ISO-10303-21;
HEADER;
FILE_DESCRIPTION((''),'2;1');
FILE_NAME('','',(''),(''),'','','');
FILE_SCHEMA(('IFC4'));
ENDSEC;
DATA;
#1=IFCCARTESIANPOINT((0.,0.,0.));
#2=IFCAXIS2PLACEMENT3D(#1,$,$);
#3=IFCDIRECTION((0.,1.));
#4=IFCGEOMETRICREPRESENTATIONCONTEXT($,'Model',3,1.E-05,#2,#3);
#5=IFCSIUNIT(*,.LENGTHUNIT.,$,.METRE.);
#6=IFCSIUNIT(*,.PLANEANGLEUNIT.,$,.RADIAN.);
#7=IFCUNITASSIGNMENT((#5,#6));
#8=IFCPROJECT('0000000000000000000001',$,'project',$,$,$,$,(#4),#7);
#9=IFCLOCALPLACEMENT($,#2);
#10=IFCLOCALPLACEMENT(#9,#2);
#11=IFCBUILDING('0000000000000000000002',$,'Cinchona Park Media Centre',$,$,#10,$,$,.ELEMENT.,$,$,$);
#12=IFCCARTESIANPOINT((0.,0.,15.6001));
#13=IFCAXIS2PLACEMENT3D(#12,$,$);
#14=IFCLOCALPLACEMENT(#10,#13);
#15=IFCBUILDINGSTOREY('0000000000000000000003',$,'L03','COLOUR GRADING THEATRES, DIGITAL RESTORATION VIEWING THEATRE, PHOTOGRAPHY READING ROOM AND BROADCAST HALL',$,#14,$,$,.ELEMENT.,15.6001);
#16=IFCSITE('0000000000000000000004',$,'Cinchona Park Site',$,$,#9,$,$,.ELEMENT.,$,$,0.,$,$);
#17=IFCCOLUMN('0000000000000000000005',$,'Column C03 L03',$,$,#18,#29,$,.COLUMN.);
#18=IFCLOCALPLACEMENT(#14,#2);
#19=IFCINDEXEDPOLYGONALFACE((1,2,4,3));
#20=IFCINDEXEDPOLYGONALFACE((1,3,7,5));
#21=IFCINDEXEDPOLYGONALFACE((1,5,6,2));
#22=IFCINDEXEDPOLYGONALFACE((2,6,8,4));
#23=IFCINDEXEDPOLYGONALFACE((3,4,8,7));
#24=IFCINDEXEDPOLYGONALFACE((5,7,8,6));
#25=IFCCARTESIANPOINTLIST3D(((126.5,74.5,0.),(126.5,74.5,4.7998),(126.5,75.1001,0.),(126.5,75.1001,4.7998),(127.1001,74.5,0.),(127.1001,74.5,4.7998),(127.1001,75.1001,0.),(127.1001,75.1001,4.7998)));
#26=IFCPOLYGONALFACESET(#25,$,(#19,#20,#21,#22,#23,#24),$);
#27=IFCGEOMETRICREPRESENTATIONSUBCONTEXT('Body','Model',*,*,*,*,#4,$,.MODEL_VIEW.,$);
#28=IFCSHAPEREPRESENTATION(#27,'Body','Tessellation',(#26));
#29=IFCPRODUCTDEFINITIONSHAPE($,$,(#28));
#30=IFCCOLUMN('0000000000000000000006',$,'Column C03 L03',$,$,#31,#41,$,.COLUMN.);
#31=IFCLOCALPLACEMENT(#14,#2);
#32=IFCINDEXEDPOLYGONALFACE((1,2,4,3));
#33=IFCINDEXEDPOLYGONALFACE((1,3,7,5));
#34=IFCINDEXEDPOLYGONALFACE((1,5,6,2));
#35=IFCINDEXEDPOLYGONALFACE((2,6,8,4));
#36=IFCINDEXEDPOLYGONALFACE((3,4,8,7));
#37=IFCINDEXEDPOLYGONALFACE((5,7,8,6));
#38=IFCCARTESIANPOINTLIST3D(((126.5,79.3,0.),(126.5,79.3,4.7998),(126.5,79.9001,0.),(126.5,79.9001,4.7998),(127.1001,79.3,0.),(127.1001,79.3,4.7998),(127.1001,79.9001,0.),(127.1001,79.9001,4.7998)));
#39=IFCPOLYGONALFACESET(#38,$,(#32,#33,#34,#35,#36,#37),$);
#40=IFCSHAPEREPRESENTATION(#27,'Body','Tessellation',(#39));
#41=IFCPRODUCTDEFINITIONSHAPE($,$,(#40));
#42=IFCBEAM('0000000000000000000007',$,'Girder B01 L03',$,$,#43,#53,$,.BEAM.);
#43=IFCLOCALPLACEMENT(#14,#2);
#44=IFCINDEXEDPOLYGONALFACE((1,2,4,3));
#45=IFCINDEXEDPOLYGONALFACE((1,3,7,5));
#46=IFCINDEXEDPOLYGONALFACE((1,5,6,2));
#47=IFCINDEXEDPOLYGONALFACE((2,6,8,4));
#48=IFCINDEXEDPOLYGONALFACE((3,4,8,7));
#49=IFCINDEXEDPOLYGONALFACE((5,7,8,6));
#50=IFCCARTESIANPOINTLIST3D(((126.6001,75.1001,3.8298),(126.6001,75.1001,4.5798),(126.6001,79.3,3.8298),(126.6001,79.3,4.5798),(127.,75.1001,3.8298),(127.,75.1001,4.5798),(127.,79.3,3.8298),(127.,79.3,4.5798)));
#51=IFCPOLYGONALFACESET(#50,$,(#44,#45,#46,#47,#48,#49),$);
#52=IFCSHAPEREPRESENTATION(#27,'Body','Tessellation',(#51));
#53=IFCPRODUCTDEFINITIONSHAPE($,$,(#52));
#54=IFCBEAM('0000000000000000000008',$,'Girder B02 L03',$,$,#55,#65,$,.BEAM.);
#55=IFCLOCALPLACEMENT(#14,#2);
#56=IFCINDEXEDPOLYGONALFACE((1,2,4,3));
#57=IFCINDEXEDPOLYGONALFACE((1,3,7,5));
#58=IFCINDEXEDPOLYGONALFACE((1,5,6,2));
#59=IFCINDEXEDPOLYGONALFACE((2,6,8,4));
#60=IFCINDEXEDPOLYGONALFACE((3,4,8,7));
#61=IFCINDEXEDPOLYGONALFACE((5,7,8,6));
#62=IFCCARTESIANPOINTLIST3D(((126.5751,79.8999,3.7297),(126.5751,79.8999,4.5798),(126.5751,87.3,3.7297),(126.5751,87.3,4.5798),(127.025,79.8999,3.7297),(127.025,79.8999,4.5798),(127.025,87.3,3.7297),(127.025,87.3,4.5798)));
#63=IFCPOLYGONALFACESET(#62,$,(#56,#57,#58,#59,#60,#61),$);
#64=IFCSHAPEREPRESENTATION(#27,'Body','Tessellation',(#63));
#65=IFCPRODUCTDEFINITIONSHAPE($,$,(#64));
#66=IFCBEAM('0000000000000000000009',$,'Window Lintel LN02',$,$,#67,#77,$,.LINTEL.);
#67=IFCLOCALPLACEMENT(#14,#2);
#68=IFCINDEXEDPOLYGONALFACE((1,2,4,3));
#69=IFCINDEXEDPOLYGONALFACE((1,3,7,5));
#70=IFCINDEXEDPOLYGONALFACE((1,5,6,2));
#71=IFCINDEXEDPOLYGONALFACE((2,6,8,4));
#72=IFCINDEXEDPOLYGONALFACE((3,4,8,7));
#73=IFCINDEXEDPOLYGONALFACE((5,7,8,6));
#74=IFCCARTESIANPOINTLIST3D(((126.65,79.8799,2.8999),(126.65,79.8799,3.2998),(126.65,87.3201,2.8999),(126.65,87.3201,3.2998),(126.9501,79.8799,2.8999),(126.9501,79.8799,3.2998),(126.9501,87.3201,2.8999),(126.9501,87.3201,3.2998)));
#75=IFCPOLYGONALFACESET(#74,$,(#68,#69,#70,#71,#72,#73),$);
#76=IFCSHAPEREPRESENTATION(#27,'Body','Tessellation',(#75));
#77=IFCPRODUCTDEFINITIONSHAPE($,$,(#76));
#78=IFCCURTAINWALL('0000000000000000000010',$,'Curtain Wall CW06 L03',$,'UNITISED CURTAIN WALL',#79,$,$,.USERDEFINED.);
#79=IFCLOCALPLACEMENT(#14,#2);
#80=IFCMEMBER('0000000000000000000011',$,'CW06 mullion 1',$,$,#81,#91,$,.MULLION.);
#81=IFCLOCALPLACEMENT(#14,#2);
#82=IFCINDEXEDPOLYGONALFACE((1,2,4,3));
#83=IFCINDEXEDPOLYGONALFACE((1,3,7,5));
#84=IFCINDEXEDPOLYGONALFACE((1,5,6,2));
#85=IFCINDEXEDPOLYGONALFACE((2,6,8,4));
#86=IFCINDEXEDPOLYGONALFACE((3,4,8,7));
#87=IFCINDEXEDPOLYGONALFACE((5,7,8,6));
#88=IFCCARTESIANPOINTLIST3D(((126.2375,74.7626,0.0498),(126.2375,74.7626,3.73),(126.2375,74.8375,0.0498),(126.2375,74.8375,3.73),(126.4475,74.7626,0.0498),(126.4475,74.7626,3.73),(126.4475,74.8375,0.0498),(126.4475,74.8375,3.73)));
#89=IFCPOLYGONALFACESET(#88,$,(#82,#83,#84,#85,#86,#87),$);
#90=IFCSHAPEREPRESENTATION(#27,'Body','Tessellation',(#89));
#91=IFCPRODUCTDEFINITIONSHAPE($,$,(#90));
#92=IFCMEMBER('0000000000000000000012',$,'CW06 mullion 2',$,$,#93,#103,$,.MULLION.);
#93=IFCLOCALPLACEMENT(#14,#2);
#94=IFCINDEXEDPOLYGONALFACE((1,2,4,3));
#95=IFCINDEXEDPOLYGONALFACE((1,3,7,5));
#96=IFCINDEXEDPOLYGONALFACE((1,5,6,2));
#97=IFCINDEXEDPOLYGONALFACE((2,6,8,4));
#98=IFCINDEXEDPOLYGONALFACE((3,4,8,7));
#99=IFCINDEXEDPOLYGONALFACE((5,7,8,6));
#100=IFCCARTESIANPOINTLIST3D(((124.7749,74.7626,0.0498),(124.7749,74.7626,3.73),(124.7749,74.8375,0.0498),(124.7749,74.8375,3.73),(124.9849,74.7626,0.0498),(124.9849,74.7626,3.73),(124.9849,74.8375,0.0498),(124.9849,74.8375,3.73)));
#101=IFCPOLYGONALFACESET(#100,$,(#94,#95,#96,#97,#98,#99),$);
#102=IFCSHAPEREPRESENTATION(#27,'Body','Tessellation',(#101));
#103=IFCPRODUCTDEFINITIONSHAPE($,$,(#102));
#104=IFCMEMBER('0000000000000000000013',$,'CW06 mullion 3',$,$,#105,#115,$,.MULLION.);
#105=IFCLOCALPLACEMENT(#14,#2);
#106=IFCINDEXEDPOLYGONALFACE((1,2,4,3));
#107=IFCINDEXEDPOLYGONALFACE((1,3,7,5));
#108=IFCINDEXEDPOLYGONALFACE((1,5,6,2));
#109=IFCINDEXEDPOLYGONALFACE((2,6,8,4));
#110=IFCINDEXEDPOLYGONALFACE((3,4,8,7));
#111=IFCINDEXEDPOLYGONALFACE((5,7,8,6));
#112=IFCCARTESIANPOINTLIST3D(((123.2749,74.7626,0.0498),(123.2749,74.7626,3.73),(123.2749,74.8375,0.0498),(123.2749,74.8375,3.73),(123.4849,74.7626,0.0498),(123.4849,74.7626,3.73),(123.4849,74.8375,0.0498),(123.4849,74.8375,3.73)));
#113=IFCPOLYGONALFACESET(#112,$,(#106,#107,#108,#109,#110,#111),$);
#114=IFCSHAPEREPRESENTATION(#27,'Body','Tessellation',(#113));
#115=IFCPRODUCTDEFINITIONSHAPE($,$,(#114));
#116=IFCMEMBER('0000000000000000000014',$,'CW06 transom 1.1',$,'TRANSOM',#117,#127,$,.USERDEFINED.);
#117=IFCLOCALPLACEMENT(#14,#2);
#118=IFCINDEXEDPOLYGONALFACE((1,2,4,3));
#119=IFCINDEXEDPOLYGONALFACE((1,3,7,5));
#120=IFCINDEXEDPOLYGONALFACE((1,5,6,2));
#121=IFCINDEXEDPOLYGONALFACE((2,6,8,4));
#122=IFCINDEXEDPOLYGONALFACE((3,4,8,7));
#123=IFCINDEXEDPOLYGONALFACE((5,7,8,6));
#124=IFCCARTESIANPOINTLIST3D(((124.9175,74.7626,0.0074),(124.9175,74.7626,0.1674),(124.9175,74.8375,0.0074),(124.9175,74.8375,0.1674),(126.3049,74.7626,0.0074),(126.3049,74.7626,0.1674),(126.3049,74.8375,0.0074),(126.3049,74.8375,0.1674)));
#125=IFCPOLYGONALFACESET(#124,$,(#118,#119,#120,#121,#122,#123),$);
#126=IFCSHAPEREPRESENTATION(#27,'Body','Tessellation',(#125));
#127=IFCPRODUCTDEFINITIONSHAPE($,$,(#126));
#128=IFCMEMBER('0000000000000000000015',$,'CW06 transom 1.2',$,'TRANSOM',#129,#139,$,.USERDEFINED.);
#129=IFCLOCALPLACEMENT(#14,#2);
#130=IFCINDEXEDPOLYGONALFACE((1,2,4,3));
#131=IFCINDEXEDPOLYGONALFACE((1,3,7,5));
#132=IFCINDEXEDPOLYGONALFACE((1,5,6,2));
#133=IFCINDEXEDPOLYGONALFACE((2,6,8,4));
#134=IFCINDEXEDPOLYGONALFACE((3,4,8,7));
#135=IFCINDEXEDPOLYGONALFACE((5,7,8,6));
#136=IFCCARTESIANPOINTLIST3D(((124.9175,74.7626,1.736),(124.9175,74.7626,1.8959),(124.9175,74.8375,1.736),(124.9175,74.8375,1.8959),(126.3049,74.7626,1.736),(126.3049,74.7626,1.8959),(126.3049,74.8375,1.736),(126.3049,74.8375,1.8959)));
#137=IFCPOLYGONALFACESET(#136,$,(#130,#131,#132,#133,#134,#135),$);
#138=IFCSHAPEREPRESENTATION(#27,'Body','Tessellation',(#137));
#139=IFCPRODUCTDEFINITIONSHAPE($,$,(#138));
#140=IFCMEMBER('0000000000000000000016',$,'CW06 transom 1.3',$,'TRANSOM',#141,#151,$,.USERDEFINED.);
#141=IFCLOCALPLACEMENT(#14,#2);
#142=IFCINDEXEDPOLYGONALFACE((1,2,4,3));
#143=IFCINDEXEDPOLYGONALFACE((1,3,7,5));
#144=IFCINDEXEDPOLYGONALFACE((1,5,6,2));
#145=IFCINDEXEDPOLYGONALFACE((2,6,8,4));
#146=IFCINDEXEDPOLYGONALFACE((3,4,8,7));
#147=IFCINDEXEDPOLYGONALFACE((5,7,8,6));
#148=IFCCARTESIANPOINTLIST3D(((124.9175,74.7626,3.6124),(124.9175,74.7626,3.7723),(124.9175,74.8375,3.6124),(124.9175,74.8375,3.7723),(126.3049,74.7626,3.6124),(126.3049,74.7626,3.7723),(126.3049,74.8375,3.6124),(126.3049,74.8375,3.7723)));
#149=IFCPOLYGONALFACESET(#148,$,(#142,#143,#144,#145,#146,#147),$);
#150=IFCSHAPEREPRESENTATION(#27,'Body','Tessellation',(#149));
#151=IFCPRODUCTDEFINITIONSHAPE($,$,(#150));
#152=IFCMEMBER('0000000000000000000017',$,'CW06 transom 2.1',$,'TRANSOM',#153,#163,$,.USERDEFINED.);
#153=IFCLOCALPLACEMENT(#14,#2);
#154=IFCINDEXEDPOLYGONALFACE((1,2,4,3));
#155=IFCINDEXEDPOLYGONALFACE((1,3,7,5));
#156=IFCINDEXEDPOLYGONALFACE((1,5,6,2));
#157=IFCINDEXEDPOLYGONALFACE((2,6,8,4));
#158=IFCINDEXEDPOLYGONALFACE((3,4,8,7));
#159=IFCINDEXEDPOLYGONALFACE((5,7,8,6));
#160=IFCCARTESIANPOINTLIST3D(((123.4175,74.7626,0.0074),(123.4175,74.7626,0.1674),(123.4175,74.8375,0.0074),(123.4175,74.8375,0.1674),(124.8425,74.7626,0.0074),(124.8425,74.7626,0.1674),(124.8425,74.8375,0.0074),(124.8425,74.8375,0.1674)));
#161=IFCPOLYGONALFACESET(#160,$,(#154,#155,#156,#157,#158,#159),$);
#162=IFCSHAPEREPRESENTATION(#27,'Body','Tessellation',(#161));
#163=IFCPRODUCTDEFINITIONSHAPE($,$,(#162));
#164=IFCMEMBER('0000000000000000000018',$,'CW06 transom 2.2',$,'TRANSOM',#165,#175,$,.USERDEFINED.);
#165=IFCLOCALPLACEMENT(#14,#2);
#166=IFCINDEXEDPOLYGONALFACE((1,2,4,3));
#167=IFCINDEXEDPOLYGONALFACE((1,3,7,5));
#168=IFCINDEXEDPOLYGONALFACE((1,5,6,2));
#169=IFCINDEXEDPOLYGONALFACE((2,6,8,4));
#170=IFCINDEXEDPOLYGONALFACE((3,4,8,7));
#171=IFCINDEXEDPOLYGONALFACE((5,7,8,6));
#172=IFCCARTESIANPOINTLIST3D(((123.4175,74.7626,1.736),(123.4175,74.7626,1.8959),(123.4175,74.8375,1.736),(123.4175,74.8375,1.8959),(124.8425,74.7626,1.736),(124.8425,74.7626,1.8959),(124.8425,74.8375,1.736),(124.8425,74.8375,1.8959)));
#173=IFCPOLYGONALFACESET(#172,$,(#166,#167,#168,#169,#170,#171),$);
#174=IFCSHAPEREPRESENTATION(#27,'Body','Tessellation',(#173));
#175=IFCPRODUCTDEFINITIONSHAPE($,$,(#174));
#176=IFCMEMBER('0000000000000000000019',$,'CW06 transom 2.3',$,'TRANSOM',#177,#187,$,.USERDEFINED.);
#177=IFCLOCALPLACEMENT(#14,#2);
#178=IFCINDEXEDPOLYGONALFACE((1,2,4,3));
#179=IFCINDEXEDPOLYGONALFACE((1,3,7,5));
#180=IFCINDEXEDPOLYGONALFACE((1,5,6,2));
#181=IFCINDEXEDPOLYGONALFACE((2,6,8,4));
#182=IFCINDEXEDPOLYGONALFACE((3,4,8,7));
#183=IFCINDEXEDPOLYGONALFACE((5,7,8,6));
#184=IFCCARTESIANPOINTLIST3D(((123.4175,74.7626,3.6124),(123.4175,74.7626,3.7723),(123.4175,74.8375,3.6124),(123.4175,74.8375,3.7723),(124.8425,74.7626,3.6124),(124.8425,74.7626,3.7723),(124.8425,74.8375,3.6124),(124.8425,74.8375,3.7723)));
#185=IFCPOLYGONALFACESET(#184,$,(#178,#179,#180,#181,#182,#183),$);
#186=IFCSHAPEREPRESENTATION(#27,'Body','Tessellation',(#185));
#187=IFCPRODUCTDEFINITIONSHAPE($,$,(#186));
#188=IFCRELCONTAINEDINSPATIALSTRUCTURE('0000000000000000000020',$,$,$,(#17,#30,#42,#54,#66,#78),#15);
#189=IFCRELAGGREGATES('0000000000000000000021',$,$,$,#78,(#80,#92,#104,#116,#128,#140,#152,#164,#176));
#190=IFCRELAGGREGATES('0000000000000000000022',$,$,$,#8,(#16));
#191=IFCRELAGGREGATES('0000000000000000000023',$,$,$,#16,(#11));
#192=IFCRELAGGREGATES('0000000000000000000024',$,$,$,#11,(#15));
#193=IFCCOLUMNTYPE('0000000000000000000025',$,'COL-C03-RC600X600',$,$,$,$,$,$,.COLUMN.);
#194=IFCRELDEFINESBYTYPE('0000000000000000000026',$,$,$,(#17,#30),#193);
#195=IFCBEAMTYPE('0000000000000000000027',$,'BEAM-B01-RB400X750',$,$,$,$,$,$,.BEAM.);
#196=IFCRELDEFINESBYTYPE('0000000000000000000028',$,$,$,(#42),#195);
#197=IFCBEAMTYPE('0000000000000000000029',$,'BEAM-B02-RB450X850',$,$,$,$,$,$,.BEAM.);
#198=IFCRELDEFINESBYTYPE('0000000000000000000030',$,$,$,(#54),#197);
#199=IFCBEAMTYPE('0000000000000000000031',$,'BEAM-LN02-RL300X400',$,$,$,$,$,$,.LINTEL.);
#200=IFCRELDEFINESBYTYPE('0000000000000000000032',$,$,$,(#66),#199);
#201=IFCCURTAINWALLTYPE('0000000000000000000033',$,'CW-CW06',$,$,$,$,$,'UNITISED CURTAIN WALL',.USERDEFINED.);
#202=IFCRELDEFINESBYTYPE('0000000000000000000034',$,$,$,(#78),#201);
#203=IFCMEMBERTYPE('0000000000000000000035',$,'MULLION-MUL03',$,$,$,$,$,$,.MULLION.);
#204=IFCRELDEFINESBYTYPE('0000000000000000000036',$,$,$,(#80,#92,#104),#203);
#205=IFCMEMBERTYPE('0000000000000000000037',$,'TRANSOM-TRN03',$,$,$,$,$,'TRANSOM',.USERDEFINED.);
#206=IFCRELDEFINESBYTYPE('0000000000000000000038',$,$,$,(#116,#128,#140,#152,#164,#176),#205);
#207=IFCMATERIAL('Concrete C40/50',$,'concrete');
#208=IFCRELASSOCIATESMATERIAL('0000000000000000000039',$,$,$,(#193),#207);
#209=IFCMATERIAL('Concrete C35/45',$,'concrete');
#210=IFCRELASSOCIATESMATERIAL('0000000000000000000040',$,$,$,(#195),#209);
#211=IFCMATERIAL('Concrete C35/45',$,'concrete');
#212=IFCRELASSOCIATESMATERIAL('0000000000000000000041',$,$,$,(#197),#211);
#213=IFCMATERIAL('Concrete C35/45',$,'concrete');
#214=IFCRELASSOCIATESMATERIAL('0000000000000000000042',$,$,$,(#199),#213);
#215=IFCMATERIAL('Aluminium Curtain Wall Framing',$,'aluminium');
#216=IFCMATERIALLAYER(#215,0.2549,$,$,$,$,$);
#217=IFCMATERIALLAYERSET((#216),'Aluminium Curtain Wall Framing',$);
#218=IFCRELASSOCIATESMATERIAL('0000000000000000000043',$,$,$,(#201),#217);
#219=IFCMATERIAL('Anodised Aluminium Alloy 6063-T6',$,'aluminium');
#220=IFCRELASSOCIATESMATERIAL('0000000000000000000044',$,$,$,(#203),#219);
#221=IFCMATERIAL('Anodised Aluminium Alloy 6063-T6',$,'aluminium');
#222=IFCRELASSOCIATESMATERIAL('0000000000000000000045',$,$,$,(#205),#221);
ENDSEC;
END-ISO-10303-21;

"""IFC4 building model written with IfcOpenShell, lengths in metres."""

from ifc_helpers import new_model, si_unit, direction, frame, origin, origin_2d, place, context, subcontext, project, spatial, rectangle, extrude, material, layer, layer_set, material_profile, profile_set, type_object, element, aggregate, save


model = new_model("IFC4")

# Units and contexts
model_context = context("Model", 3, precision=1e-05, world=origin(), true_north=direction((0.0, 1.0)))
body_context = subcontext(model_context, "Body", "Model", "MODEL_VIEW")
ifc_project = project(units=[si_unit("LENGTHUNIT", "METRE"), si_unit("PLANEANGLEUNIT", "RADIAN")], contexts=[model_context])

# Site, building, storey
site_placement = place(None, origin())
site = spatial("IfcSite", under=ifc_project, at=site_placement, Name="Cinchona Park Site", CompositionType="ELEMENT", RefElevation=0.0)
building_placement = place(site_placement, origin())
building = spatial("IfcBuilding", under=site, at=building_placement, Name="Cinchona Park Media Centre", CompositionType="ELEMENT")
storey_placement = place(building_placement, frame((0.0, 0.0, 15.6001)))
storey = spatial("IfcBuildingStorey", under=building, at=storey_placement, Name="L03", Description="COLOUR GRADING THEATRES, DIGITAL RESTORATION VIEWING THEATRE, PHOTOGRAPHY READING ROOM AND BROADCAST HALL", CompositionType="ELEMENT", Elevation=15.6001)

# Columns
ifc_material_1 = material(Name="Concrete C40/50", Category="concrete")
ifc_material_profile_1 = material_profile(ifc_material_1, rectangle(XDim=0.6001, YDim=0.6001, at=origin_2d()), Name="RC 600X600")
ifc_profile_set_1 = profile_set([ifc_material_profile_1], Name="Concrete C40/50")
column_type = type_object("IfcColumnType", Name="COL-C03-RC600X600", PredefinedType="COLUMN", material=ifc_profile_set_1)
for number, where, z_axis, x_axis, name in (
    (1, (126.8, 74.8, 0.0), (0.0, 0.0, 1.0), (1.0, 0.0, 0.0), "Column C03 L03"),
    (2, (126.8, 79.6001, 0.0), (0.0, 0.0, 1.0), (1.0, 0.0, 0.0), "Column C03 L03"),
):
    element("IfcColumn", number, at=place(storey_placement, frame(where, z_axis=z_axis, x_axis=x_axis)), inside=storey, type_object=column_type, Name=name, PredefinedType="COLUMN", context=body_context, shape_type="SweptSolid", body=[
        extrude(rectangle(XDim=0.6001, YDim=0.6001, at=origin_2d()), origin(), (0.0, 0.0, 1.0), 4.7998),
    ])

# Beams
ifc_material_2 = material(Name="Concrete C35/45", Category="concrete")
ifc_material_profile_2 = material_profile(ifc_material_2, rectangle(XDim=0.3999, YDim=0.75, at=origin_2d()), Name="RB 400X750")
ifc_profile_set_2 = profile_set([ifc_material_profile_2], Name="Concrete C35/45")
beam_type_1 = type_object("IfcBeamType", Name="BEAM-B01-RB400X750", PredefinedType="BEAM", material=ifc_profile_set_2)
beam_1_placement = place(storey_placement, frame((126.8, 75.1001, 4.2048), z_axis=(0.0, 1.0, 0.0), x_axis=(-1.0, 0.0, 0.0)))
element("IfcBeam", 3, at=beam_1_placement, inside=storey, type_object=beam_type_1, Name="Girder B01 L03", PredefinedType="BEAM", context=body_context, shape_type="SweptSolid", body=[
    extrude(rectangle(XDim=0.3999, YDim=0.75, at=origin_2d()), origin(), (0.0, 0.0, 1.0), 4.2),
])
ifc_material_3 = material(Name="Concrete C35/45", Category="concrete")
ifc_material_profile_3 = material_profile(ifc_material_3, rectangle(XDim=0.45, YDim=0.8501, at=origin_2d()), Name="RB 450X850")
ifc_profile_set_3 = profile_set([ifc_material_profile_3], Name="Concrete C35/45")
beam_type_2 = type_object("IfcBeamType", Name="BEAM-B02-RB450X850", PredefinedType="BEAM", material=ifc_profile_set_3)
beam_2_placement = place(storey_placement, frame((126.8, 79.8999, 4.1548), z_axis=(0.0, 1.0, 0.0), x_axis=(-1.0, 0.0, 0.0)))
element("IfcBeam", 4, at=beam_2_placement, inside=storey, type_object=beam_type_2, Name="Girder B02 L03", PredefinedType="BEAM", context=body_context, shape_type="SweptSolid", body=[
    extrude(rectangle(XDim=0.45, YDim=0.8501, at=origin_2d()), origin(), (0.0, 0.0, 1.0), 7.4001),
])
ifc_material_4 = material(Name="Concrete C35/45", Category="concrete")
ifc_material_profile_4 = material_profile(ifc_material_4, rectangle(XDim=0.3, YDim=0.3999, at=origin_2d()), Name="RL 300X400")
ifc_profile_set_4 = profile_set([ifc_material_profile_4], Name="Concrete C35/45")
beam_type_3 = type_object("IfcBeamType", Name="BEAM-LN02-RL300X400", PredefinedType="LINTEL", material=ifc_profile_set_4)
beam_3_placement = place(storey_placement, frame((126.8, 87.3201, 3.0999), z_axis=(0.0, -1.0, 0.0), x_axis=(1.0, 0.0, 0.0)))
element("IfcBeam", 5, at=beam_3_placement, inside=storey, type_object=beam_type_3, Name="Window Lintel LN02", PredefinedType="LINTEL", context=body_context, shape_type="SweptSolid", body=[
    extrude(rectangle(XDim=0.3, YDim=0.3999, at=origin_2d()), origin(), (0.0, 0.0, 1.0), 7.4402),
])

# Curtain wall, members
ifc_material_5 = material(Name="Aluminium Curtain Wall Framing", Category="aluminium")
ifc_layer_1 = layer(ifc_material_5, 0.2549)
ifc_layer_set_1 = layer_set([ifc_layer_1], Name="Aluminium Curtain Wall Framing")
curtain_wall_type = type_object("IfcCurtainWallType", Name="CW-CW06", ElementType="UNITISED CURTAIN WALL", PredefinedType="USERDEFINED", material=ifc_layer_set_1)
curtain_wall_placement = place(storey_placement, origin())
curtain_wall = element("IfcCurtainWall", 6, at=curtain_wall_placement, inside=storey, type_object=curtain_wall_type, Name="Curtain Wall CW06 L03", ObjectType="UNITISED CURTAIN WALL", PredefinedType="USERDEFINED")
ifc_material_6 = material(Name="Anodised Aluminium Alloy 6063-T6", Category="aluminium")
ifc_material_profile_5 = material_profile(ifc_material_6, rectangle(XDim=0.075, YDim=0.21, at=origin_2d()), Name="MUL-75X210")
ifc_profile_set_5 = profile_set([ifc_material_profile_5], Name="Anodised Aluminium Alloy 6063-T6")
member_type_1 = type_object("IfcMemberType", Name="MULLION-MUL03", PredefinedType="MULLION", material=ifc_profile_set_5)
member_1_placement = place(storey_placement, frame((126.3425, 74.8, 0.0498), z_axis=(0.0, 0.0, 1.0), x_axis=(0.0, -1.0, 0.0)))
member_1 = element("IfcMember", 7, at=member_1_placement, type_object=member_type_1, Name="CW06 mullion 1", PredefinedType="MULLION", context=body_context, shape_type="SweptSolid", body=[
    extrude(rectangle(XDim=0.075, YDim=0.21, at=origin_2d()), origin(), (0.0, 0.0, 1.0), 3.6802),
])
member_2_placement = place(storey_placement, frame((124.8799, 74.8, 0.0498), z_axis=(0.0, 0.0, 1.0), x_axis=(0.0, -1.0, 0.0)))
member_2 = element("IfcMember", 8, at=member_2_placement, type_object=member_type_1, Name="CW06 mullion 2", PredefinedType="MULLION", context=body_context, shape_type="SweptSolid", body=[
    extrude(rectangle(XDim=0.075, YDim=0.21, at=origin_2d()), origin(), (0.0, 0.0, 1.0), 3.6802),
])
member_3_placement = place(storey_placement, frame((123.3799, 74.8, 0.0498), z_axis=(0.0, 0.0, 1.0), x_axis=(0.0, -1.0, 0.0)))
member_3 = element("IfcMember", 9, at=member_3_placement, type_object=member_type_1, Name="CW06 mullion 3", PredefinedType="MULLION", context=body_context, shape_type="SweptSolid", body=[
    extrude(rectangle(XDim=0.075, YDim=0.21, at=origin_2d()), origin(), (0.0, 0.0, 1.0), 3.6802),
])
ifc_material_7 = material(Name="Anodised Aluminium Alloy 6063-T6", Category="aluminium")
ifc_material_profile_6 = material_profile(ifc_material_7, rectangle(XDim=0.075, YDim=0.1599, at=origin_2d()), Name="TRN-75X160")
ifc_profile_set_6 = profile_set([ifc_material_profile_6], Name="Anodised Aluminium Alloy 6063-T6")
member_type_2 = type_object("IfcMemberType", Name="TRANSOM-TRN03", ElementType="TRANSOM", PredefinedType="USERDEFINED", material=ifc_profile_set_6)
member_4_placement = place(storey_placement, frame((126.3049, 74.8, 0.0874), z_axis=(-1.0, 0.0, 0.0), x_axis=(0.0, -1.0, 0.0)))
member_4 = element("IfcMember", 10, at=member_4_placement, type_object=member_type_2, Name="CW06 transom 1.1", ObjectType="TRANSOM", PredefinedType="USERDEFINED", context=body_context, shape_type="SweptSolid", body=[
    extrude(rectangle(XDim=0.075, YDim=0.1599, at=origin_2d()), origin(), (0.0, 0.0, 1.0), 1.3875),
])
member_5_placement = place(storey_placement, frame((126.3049, 74.8, 1.8159), z_axis=(-1.0, 0.0, 0.0), x_axis=(0.0, -1.0, 0.0)))
member_5 = element("IfcMember", 11, at=member_5_placement, type_object=member_type_2, Name="CW06 transom 1.2", ObjectType="TRANSOM", PredefinedType="USERDEFINED", context=body_context, shape_type="SweptSolid", body=[
    extrude(rectangle(XDim=0.075, YDim=0.1599, at=origin_2d()), origin(), (0.0, 0.0, 1.0), 1.3875),
])
member_6_placement = place(storey_placement, frame((126.3049, 74.8, 3.6924), z_axis=(-1.0, 0.0, 0.0), x_axis=(0.0, -1.0, 0.0)))
member_6 = element("IfcMember", 12, at=member_6_placement, type_object=member_type_2, Name="CW06 transom 1.3", ObjectType="TRANSOM", PredefinedType="USERDEFINED", context=body_context, shape_type="SweptSolid", body=[
    extrude(rectangle(XDim=0.075, YDim=0.1599, at=origin_2d()), origin(), (0.0, 0.0, 1.0), 1.3875),
])
member_7_placement = place(storey_placement, frame((124.8425, 74.8, 0.0874), z_axis=(-1.0, 0.0, 0.0), x_axis=(0.0, -1.0, 0.0)))
member_7 = element("IfcMember", 13, at=member_7_placement, type_object=member_type_2, Name="CW06 transom 2.1", ObjectType="TRANSOM", PredefinedType="USERDEFINED", context=body_context, shape_type="SweptSolid", body=[
    extrude(rectangle(XDim=0.075, YDim=0.1599, at=origin_2d()), origin(), (0.0, 0.0, 1.0), 1.425),
])
member_8_placement = place(storey_placement, frame((124.8425, 74.8, 1.8159), z_axis=(-1.0, 0.0, 0.0), x_axis=(0.0, -1.0, 0.0)))
member_8 = element("IfcMember", 14, at=member_8_placement, type_object=member_type_2, Name="CW06 transom 2.2", ObjectType="TRANSOM", PredefinedType="USERDEFINED", context=body_context, shape_type="SweptSolid", body=[
    extrude(rectangle(XDim=0.075, YDim=0.1599, at=origin_2d()), origin(), (0.0, 0.0, 1.0), 1.425),
])
member_9_placement = place(storey_placement, frame((124.8425, 74.8, 3.6924), z_axis=(-1.0, 0.0, 0.0), x_axis=(0.0, -1.0, 0.0)))
member_9 = element("IfcMember", 15, at=member_9_placement, type_object=member_type_2, Name="CW06 transom 2.3", ObjectType="TRANSOM", PredefinedType="USERDEFINED", context=body_context, shape_type="SweptSolid", body=[
    extrude(rectangle(XDim=0.075, YDim=0.1599, at=origin_2d()), origin(), (0.0, 0.0, 1.0), 1.425),
])
aggregate(curtain_wall, [member_1, member_2, member_3, member_4, member_5, member_6, member_7, member_8, member_9])

save(model, "model.ifc")
